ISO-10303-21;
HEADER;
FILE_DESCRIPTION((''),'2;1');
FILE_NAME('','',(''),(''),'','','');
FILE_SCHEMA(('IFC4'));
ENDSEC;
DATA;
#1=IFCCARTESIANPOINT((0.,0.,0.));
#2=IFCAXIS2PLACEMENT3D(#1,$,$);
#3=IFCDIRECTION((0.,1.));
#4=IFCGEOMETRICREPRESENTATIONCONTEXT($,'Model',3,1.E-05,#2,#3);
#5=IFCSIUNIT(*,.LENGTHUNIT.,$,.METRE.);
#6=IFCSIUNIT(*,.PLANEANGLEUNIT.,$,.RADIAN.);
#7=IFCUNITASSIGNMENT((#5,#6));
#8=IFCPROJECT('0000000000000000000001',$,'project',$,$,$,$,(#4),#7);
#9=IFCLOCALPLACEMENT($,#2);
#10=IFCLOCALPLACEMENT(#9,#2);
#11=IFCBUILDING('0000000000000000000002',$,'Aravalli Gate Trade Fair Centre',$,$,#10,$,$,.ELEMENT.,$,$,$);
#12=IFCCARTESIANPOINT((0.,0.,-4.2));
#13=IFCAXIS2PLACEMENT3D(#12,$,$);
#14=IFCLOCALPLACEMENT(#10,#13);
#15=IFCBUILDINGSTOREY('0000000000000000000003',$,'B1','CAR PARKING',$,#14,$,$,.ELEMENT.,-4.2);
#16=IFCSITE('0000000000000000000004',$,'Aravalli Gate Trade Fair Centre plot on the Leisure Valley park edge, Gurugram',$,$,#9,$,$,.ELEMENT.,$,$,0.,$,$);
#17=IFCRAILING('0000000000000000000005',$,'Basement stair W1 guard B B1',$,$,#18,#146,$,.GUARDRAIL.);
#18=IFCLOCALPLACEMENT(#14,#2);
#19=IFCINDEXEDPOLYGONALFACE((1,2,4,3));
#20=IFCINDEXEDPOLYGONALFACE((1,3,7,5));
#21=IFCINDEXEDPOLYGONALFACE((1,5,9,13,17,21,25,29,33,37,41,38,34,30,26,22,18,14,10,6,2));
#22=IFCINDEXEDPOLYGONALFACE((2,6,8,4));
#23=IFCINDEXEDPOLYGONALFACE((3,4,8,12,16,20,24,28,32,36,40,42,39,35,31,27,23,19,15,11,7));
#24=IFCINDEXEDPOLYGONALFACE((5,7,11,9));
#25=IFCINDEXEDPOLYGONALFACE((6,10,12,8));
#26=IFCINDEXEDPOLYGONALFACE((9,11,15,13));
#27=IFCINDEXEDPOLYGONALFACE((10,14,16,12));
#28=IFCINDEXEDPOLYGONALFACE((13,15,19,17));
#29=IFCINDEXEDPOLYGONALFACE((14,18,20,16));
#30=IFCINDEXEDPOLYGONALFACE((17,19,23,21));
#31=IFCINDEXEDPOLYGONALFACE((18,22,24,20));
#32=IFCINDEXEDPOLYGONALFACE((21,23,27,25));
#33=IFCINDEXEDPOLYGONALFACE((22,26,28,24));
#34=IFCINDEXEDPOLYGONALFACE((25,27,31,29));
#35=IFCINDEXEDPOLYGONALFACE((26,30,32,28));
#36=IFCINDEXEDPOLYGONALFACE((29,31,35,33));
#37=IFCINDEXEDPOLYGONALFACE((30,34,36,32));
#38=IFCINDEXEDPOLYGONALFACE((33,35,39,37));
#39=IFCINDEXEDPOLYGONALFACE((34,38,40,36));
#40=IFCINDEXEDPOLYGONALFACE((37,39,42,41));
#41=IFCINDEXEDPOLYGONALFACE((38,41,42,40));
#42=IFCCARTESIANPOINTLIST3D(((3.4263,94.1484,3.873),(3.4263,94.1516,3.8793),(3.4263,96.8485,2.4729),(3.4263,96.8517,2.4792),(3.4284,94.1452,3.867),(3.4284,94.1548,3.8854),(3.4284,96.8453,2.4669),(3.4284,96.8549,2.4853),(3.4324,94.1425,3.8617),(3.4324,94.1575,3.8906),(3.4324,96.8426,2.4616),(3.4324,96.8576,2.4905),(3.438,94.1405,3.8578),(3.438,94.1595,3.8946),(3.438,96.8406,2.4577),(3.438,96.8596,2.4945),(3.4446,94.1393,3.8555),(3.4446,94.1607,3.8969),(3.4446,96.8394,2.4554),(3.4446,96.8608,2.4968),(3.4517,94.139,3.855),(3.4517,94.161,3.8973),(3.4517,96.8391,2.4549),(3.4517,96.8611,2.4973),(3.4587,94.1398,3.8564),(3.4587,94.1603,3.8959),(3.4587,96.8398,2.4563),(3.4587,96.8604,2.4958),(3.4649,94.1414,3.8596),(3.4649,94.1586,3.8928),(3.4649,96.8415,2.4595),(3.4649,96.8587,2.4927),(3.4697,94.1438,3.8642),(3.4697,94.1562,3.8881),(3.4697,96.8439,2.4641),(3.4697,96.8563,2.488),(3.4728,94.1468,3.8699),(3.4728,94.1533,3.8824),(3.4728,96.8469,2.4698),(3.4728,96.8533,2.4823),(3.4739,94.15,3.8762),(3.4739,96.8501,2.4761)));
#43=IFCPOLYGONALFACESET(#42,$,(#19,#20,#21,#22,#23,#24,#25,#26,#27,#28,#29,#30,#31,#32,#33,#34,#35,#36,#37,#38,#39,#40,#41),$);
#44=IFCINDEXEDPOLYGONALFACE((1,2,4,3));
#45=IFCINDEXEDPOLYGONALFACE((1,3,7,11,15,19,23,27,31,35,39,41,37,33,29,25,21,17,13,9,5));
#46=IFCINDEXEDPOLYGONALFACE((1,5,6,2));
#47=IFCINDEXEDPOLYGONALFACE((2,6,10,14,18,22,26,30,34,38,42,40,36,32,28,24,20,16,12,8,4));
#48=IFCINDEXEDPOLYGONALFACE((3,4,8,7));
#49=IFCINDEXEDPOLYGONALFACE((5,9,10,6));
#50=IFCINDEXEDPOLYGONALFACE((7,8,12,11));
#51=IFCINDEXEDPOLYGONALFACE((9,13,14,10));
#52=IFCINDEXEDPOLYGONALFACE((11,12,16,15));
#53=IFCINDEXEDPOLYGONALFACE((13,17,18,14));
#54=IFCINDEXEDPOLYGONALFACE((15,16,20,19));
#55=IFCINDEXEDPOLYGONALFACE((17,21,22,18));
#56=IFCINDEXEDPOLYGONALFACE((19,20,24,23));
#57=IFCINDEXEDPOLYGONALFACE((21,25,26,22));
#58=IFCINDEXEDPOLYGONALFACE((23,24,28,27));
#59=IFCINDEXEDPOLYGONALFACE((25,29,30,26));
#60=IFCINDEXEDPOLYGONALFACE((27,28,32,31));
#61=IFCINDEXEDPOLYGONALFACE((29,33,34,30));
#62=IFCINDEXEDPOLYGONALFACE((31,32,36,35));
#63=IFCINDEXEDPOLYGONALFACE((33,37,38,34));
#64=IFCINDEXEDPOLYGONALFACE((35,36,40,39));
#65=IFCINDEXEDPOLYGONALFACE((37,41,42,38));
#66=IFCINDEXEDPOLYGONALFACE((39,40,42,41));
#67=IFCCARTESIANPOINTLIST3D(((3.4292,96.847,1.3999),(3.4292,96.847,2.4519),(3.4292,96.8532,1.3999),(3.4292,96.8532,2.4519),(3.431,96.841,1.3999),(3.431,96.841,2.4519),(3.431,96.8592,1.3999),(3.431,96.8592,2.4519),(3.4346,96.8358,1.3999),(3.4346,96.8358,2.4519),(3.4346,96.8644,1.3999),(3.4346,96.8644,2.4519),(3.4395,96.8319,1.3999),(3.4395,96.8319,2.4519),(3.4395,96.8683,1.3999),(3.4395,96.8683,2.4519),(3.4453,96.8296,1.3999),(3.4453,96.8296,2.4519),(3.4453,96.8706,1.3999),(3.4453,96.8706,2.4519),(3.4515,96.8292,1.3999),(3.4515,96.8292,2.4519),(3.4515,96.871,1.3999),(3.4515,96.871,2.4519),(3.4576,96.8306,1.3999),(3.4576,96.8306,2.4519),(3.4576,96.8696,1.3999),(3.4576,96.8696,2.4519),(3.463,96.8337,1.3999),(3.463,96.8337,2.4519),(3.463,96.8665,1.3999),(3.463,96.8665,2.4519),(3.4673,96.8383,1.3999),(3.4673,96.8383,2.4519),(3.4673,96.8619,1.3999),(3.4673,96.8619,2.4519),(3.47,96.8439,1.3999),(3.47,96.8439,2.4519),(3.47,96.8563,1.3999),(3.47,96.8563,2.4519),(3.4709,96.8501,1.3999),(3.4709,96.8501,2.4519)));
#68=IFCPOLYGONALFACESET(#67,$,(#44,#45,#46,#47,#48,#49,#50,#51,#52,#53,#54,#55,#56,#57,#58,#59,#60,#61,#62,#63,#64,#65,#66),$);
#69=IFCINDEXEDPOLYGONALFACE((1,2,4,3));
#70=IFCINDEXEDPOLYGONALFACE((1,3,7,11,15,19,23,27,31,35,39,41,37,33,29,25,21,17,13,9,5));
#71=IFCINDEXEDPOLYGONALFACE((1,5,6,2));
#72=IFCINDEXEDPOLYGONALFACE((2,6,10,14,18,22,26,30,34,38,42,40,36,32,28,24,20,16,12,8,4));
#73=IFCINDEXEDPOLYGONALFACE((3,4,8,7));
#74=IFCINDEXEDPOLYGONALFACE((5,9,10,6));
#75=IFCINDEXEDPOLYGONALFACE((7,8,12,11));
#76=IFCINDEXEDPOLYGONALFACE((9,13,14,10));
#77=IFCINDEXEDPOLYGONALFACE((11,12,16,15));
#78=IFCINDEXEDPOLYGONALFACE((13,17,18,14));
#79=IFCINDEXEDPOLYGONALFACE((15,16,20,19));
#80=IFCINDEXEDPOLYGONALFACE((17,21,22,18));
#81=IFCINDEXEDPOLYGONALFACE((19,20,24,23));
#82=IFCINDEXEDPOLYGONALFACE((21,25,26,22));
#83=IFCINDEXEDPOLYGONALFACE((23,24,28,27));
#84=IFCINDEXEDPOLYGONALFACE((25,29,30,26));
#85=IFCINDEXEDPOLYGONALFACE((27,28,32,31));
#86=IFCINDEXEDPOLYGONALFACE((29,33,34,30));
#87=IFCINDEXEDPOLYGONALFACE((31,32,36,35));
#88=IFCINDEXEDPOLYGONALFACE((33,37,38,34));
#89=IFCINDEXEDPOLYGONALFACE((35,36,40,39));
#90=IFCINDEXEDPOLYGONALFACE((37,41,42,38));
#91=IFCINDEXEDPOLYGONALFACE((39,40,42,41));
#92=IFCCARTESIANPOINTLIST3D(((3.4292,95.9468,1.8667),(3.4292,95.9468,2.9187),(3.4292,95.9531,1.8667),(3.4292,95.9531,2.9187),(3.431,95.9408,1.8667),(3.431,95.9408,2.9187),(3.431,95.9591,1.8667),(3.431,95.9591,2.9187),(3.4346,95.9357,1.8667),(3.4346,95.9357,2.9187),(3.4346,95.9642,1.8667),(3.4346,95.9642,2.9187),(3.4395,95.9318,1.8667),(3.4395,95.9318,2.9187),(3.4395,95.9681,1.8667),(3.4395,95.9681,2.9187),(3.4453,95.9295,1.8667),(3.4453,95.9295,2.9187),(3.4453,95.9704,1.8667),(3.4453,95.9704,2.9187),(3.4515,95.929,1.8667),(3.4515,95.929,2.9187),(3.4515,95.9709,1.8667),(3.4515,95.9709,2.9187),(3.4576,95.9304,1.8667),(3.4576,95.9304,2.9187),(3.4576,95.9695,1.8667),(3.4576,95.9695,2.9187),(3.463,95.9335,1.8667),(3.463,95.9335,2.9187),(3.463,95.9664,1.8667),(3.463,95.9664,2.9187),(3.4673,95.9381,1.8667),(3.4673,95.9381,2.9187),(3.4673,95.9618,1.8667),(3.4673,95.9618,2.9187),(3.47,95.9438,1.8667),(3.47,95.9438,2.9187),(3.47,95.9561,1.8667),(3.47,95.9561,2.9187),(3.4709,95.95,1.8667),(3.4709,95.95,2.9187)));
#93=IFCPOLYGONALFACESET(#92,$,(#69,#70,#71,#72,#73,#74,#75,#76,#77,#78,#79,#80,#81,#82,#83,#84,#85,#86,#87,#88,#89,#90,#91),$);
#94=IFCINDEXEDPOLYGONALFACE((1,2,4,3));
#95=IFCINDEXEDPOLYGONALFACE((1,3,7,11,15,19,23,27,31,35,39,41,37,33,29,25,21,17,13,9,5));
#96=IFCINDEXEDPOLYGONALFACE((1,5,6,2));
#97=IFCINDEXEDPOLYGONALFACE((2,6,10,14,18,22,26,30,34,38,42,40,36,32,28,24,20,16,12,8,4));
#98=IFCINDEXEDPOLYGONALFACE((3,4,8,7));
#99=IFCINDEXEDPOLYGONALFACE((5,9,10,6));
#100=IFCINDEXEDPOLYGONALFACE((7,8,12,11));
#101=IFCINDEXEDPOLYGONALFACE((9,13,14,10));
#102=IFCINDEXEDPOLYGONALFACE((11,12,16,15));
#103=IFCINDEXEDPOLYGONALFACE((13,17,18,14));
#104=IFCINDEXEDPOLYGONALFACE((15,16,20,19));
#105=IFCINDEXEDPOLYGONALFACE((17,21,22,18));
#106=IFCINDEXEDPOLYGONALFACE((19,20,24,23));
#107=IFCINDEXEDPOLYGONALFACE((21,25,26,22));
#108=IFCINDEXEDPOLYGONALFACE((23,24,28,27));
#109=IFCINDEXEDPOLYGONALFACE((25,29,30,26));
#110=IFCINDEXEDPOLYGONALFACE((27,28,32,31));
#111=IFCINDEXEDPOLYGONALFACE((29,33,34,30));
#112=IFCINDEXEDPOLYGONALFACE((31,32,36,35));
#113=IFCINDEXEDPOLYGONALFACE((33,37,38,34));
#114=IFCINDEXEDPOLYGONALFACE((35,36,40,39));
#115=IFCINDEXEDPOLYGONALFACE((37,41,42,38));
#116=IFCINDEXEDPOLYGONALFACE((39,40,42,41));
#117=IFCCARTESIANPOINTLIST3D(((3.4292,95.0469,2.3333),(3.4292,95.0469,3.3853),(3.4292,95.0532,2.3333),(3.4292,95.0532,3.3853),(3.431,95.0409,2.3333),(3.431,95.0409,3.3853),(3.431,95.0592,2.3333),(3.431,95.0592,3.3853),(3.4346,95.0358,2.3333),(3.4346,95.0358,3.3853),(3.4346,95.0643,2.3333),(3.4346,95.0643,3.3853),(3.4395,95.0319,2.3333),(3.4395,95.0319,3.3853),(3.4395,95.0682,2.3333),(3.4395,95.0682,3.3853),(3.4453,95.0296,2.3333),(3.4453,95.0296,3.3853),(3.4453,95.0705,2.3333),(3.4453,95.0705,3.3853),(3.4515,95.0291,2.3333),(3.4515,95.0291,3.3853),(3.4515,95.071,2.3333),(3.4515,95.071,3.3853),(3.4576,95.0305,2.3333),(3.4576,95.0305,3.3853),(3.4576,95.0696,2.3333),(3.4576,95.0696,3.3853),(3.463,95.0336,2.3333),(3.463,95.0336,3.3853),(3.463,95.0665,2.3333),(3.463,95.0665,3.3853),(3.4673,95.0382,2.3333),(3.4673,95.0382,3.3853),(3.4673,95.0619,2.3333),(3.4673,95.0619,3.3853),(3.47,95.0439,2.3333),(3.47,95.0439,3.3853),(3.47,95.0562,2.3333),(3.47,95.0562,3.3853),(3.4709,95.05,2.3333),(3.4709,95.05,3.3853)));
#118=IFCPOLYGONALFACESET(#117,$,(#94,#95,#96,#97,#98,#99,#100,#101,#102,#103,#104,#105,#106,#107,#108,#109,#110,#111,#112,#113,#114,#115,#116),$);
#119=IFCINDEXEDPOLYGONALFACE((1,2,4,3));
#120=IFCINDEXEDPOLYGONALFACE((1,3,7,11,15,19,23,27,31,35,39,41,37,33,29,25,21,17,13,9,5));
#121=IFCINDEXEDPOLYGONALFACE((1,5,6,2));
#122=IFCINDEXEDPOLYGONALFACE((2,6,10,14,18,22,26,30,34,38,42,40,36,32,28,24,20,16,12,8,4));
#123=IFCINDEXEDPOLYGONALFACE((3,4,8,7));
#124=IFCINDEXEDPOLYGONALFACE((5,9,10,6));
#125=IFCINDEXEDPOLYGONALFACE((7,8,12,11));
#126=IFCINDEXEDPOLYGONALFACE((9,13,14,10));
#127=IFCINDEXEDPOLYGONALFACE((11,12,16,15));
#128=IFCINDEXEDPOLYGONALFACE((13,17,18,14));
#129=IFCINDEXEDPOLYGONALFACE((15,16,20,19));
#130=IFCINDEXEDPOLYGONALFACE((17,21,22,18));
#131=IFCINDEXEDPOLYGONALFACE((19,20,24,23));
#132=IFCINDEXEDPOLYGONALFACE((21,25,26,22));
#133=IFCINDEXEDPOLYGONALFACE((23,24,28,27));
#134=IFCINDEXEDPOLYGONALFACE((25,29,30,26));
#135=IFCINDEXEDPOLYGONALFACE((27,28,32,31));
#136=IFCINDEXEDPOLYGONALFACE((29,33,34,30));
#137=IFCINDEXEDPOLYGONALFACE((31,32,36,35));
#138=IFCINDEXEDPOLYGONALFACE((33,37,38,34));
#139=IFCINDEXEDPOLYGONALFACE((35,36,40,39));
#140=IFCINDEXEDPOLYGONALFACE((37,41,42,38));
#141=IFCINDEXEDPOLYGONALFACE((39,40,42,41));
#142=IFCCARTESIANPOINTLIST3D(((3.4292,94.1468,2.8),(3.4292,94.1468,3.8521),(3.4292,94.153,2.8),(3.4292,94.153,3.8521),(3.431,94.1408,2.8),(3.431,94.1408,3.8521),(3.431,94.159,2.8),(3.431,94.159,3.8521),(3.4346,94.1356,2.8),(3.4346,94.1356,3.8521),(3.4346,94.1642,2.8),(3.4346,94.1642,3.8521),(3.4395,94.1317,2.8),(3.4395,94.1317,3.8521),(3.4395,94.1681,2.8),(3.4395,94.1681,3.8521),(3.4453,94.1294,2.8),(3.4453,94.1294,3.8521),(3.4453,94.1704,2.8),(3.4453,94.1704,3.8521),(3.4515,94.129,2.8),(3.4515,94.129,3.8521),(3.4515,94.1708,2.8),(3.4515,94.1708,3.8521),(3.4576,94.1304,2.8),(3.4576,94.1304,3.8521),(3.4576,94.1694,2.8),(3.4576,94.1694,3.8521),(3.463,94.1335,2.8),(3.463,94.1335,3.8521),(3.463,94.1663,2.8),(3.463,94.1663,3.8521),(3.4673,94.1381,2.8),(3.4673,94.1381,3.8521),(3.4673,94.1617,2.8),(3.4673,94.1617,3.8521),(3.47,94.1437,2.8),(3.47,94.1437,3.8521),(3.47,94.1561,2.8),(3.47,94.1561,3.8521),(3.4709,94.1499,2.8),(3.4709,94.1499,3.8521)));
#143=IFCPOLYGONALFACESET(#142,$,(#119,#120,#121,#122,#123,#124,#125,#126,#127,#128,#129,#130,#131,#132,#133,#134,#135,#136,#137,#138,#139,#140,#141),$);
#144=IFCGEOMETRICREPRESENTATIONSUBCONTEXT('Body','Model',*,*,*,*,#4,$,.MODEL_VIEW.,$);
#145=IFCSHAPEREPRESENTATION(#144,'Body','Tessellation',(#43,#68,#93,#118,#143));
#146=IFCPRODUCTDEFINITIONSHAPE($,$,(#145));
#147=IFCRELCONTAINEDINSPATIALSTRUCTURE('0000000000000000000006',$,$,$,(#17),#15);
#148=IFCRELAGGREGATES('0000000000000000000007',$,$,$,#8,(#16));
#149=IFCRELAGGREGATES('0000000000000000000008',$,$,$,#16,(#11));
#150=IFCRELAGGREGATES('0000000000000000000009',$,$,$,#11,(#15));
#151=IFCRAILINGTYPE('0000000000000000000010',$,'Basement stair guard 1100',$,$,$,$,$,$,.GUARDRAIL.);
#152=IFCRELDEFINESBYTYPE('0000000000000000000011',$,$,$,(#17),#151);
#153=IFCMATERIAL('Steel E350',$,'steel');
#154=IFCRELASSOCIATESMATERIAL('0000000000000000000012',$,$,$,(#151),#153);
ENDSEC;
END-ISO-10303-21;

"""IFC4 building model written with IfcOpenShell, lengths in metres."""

from ifc_helpers import new_model, si_unit, direction, frame, origin, origin_2d, place, context, subcontext, project, spatial, circle, extrude, material, type_object, element, save


model = new_model("IFC4")

# Units and contexts
model_context = context("Model", 3, precision=1e-05, world=origin(), true_north=direction((0.0, 1.0)))
body_context = subcontext(model_context, "Body", "Model", "MODEL_VIEW")
ifc_project = project(units=[si_unit("LENGTHUNIT", "METRE"), si_unit("PLANEANGLEUNIT", "RADIAN")], contexts=[model_context])

# Site, building, storey
site_placement = place(None, origin())
site = spatial("IfcSite", under=ifc_project, at=site_placement, Name="Aravalli Gate Trade Fair Centre plot on the Leisure Valley park edge, Gurugram", CompositionType="ELEMENT", RefElevation=0.0)
building_placement = place(site_placement, origin())
building = spatial("IfcBuilding", under=site, at=building_placement, Name="Aravalli Gate Trade Fair Centre", CompositionType="ELEMENT")
storey_placement = place(building_placement, frame((0.0, 0.0, -4.2)))
storey = spatial("IfcBuildingStorey", under=building, at=storey_placement, Name="B1", Description="CAR PARKING", CompositionType="ELEMENT", Elevation=-4.2)

# Railing
ifc_material_1 = material(Name="Steel E350", Category="steel")
railing_type_1 = type_object("IfcRailingType", Name="Basement stair guard 1100", PredefinedType="GUARDRAIL", material=ifc_material_1)
railing_1_placement = place(storey_placement, frame((3.45, 96.8501, 1.3999)))
element("IfcRailing", 1, at=railing_1_placement, inside=storey, type_object=railing_type_1, Name="Basement stair W1 guard B B1", PredefinedType="GUARDRAIL", context=body_context, shape_type="SweptSolid", body=[
    extrude(circle(Radius=0.0239, at=origin_2d()), frame((0.0, 0.0, 1.0762), z_axis=(0.0, -0.887748, 0.460329), x_axis=(1.0, 0.0, 0.0)), (0.0, 0.0, 1.0), 3.0415),
    extrude(circle(Radius=0.021, at=origin_2d()), origin(), (0.0, 0.0, 1.0), 1.052),
    extrude(circle(Radius=0.021, at=origin_2d()), frame((0.0, -0.9001, 0.4668)), (0.0, 0.0, 1.0), 1.052),
    extrude(circle(Radius=0.021, at=origin_2d()), frame((0.0, -1.8, 0.9333)), (0.0, 0.0, 1.0), 1.052),
    extrude(circle(Radius=0.021, at=origin_2d()), frame((0.0, -2.7002, 1.4001)), (0.0, 0.0, 1.0), 1.052),
])

save(model, "model.ifc")
